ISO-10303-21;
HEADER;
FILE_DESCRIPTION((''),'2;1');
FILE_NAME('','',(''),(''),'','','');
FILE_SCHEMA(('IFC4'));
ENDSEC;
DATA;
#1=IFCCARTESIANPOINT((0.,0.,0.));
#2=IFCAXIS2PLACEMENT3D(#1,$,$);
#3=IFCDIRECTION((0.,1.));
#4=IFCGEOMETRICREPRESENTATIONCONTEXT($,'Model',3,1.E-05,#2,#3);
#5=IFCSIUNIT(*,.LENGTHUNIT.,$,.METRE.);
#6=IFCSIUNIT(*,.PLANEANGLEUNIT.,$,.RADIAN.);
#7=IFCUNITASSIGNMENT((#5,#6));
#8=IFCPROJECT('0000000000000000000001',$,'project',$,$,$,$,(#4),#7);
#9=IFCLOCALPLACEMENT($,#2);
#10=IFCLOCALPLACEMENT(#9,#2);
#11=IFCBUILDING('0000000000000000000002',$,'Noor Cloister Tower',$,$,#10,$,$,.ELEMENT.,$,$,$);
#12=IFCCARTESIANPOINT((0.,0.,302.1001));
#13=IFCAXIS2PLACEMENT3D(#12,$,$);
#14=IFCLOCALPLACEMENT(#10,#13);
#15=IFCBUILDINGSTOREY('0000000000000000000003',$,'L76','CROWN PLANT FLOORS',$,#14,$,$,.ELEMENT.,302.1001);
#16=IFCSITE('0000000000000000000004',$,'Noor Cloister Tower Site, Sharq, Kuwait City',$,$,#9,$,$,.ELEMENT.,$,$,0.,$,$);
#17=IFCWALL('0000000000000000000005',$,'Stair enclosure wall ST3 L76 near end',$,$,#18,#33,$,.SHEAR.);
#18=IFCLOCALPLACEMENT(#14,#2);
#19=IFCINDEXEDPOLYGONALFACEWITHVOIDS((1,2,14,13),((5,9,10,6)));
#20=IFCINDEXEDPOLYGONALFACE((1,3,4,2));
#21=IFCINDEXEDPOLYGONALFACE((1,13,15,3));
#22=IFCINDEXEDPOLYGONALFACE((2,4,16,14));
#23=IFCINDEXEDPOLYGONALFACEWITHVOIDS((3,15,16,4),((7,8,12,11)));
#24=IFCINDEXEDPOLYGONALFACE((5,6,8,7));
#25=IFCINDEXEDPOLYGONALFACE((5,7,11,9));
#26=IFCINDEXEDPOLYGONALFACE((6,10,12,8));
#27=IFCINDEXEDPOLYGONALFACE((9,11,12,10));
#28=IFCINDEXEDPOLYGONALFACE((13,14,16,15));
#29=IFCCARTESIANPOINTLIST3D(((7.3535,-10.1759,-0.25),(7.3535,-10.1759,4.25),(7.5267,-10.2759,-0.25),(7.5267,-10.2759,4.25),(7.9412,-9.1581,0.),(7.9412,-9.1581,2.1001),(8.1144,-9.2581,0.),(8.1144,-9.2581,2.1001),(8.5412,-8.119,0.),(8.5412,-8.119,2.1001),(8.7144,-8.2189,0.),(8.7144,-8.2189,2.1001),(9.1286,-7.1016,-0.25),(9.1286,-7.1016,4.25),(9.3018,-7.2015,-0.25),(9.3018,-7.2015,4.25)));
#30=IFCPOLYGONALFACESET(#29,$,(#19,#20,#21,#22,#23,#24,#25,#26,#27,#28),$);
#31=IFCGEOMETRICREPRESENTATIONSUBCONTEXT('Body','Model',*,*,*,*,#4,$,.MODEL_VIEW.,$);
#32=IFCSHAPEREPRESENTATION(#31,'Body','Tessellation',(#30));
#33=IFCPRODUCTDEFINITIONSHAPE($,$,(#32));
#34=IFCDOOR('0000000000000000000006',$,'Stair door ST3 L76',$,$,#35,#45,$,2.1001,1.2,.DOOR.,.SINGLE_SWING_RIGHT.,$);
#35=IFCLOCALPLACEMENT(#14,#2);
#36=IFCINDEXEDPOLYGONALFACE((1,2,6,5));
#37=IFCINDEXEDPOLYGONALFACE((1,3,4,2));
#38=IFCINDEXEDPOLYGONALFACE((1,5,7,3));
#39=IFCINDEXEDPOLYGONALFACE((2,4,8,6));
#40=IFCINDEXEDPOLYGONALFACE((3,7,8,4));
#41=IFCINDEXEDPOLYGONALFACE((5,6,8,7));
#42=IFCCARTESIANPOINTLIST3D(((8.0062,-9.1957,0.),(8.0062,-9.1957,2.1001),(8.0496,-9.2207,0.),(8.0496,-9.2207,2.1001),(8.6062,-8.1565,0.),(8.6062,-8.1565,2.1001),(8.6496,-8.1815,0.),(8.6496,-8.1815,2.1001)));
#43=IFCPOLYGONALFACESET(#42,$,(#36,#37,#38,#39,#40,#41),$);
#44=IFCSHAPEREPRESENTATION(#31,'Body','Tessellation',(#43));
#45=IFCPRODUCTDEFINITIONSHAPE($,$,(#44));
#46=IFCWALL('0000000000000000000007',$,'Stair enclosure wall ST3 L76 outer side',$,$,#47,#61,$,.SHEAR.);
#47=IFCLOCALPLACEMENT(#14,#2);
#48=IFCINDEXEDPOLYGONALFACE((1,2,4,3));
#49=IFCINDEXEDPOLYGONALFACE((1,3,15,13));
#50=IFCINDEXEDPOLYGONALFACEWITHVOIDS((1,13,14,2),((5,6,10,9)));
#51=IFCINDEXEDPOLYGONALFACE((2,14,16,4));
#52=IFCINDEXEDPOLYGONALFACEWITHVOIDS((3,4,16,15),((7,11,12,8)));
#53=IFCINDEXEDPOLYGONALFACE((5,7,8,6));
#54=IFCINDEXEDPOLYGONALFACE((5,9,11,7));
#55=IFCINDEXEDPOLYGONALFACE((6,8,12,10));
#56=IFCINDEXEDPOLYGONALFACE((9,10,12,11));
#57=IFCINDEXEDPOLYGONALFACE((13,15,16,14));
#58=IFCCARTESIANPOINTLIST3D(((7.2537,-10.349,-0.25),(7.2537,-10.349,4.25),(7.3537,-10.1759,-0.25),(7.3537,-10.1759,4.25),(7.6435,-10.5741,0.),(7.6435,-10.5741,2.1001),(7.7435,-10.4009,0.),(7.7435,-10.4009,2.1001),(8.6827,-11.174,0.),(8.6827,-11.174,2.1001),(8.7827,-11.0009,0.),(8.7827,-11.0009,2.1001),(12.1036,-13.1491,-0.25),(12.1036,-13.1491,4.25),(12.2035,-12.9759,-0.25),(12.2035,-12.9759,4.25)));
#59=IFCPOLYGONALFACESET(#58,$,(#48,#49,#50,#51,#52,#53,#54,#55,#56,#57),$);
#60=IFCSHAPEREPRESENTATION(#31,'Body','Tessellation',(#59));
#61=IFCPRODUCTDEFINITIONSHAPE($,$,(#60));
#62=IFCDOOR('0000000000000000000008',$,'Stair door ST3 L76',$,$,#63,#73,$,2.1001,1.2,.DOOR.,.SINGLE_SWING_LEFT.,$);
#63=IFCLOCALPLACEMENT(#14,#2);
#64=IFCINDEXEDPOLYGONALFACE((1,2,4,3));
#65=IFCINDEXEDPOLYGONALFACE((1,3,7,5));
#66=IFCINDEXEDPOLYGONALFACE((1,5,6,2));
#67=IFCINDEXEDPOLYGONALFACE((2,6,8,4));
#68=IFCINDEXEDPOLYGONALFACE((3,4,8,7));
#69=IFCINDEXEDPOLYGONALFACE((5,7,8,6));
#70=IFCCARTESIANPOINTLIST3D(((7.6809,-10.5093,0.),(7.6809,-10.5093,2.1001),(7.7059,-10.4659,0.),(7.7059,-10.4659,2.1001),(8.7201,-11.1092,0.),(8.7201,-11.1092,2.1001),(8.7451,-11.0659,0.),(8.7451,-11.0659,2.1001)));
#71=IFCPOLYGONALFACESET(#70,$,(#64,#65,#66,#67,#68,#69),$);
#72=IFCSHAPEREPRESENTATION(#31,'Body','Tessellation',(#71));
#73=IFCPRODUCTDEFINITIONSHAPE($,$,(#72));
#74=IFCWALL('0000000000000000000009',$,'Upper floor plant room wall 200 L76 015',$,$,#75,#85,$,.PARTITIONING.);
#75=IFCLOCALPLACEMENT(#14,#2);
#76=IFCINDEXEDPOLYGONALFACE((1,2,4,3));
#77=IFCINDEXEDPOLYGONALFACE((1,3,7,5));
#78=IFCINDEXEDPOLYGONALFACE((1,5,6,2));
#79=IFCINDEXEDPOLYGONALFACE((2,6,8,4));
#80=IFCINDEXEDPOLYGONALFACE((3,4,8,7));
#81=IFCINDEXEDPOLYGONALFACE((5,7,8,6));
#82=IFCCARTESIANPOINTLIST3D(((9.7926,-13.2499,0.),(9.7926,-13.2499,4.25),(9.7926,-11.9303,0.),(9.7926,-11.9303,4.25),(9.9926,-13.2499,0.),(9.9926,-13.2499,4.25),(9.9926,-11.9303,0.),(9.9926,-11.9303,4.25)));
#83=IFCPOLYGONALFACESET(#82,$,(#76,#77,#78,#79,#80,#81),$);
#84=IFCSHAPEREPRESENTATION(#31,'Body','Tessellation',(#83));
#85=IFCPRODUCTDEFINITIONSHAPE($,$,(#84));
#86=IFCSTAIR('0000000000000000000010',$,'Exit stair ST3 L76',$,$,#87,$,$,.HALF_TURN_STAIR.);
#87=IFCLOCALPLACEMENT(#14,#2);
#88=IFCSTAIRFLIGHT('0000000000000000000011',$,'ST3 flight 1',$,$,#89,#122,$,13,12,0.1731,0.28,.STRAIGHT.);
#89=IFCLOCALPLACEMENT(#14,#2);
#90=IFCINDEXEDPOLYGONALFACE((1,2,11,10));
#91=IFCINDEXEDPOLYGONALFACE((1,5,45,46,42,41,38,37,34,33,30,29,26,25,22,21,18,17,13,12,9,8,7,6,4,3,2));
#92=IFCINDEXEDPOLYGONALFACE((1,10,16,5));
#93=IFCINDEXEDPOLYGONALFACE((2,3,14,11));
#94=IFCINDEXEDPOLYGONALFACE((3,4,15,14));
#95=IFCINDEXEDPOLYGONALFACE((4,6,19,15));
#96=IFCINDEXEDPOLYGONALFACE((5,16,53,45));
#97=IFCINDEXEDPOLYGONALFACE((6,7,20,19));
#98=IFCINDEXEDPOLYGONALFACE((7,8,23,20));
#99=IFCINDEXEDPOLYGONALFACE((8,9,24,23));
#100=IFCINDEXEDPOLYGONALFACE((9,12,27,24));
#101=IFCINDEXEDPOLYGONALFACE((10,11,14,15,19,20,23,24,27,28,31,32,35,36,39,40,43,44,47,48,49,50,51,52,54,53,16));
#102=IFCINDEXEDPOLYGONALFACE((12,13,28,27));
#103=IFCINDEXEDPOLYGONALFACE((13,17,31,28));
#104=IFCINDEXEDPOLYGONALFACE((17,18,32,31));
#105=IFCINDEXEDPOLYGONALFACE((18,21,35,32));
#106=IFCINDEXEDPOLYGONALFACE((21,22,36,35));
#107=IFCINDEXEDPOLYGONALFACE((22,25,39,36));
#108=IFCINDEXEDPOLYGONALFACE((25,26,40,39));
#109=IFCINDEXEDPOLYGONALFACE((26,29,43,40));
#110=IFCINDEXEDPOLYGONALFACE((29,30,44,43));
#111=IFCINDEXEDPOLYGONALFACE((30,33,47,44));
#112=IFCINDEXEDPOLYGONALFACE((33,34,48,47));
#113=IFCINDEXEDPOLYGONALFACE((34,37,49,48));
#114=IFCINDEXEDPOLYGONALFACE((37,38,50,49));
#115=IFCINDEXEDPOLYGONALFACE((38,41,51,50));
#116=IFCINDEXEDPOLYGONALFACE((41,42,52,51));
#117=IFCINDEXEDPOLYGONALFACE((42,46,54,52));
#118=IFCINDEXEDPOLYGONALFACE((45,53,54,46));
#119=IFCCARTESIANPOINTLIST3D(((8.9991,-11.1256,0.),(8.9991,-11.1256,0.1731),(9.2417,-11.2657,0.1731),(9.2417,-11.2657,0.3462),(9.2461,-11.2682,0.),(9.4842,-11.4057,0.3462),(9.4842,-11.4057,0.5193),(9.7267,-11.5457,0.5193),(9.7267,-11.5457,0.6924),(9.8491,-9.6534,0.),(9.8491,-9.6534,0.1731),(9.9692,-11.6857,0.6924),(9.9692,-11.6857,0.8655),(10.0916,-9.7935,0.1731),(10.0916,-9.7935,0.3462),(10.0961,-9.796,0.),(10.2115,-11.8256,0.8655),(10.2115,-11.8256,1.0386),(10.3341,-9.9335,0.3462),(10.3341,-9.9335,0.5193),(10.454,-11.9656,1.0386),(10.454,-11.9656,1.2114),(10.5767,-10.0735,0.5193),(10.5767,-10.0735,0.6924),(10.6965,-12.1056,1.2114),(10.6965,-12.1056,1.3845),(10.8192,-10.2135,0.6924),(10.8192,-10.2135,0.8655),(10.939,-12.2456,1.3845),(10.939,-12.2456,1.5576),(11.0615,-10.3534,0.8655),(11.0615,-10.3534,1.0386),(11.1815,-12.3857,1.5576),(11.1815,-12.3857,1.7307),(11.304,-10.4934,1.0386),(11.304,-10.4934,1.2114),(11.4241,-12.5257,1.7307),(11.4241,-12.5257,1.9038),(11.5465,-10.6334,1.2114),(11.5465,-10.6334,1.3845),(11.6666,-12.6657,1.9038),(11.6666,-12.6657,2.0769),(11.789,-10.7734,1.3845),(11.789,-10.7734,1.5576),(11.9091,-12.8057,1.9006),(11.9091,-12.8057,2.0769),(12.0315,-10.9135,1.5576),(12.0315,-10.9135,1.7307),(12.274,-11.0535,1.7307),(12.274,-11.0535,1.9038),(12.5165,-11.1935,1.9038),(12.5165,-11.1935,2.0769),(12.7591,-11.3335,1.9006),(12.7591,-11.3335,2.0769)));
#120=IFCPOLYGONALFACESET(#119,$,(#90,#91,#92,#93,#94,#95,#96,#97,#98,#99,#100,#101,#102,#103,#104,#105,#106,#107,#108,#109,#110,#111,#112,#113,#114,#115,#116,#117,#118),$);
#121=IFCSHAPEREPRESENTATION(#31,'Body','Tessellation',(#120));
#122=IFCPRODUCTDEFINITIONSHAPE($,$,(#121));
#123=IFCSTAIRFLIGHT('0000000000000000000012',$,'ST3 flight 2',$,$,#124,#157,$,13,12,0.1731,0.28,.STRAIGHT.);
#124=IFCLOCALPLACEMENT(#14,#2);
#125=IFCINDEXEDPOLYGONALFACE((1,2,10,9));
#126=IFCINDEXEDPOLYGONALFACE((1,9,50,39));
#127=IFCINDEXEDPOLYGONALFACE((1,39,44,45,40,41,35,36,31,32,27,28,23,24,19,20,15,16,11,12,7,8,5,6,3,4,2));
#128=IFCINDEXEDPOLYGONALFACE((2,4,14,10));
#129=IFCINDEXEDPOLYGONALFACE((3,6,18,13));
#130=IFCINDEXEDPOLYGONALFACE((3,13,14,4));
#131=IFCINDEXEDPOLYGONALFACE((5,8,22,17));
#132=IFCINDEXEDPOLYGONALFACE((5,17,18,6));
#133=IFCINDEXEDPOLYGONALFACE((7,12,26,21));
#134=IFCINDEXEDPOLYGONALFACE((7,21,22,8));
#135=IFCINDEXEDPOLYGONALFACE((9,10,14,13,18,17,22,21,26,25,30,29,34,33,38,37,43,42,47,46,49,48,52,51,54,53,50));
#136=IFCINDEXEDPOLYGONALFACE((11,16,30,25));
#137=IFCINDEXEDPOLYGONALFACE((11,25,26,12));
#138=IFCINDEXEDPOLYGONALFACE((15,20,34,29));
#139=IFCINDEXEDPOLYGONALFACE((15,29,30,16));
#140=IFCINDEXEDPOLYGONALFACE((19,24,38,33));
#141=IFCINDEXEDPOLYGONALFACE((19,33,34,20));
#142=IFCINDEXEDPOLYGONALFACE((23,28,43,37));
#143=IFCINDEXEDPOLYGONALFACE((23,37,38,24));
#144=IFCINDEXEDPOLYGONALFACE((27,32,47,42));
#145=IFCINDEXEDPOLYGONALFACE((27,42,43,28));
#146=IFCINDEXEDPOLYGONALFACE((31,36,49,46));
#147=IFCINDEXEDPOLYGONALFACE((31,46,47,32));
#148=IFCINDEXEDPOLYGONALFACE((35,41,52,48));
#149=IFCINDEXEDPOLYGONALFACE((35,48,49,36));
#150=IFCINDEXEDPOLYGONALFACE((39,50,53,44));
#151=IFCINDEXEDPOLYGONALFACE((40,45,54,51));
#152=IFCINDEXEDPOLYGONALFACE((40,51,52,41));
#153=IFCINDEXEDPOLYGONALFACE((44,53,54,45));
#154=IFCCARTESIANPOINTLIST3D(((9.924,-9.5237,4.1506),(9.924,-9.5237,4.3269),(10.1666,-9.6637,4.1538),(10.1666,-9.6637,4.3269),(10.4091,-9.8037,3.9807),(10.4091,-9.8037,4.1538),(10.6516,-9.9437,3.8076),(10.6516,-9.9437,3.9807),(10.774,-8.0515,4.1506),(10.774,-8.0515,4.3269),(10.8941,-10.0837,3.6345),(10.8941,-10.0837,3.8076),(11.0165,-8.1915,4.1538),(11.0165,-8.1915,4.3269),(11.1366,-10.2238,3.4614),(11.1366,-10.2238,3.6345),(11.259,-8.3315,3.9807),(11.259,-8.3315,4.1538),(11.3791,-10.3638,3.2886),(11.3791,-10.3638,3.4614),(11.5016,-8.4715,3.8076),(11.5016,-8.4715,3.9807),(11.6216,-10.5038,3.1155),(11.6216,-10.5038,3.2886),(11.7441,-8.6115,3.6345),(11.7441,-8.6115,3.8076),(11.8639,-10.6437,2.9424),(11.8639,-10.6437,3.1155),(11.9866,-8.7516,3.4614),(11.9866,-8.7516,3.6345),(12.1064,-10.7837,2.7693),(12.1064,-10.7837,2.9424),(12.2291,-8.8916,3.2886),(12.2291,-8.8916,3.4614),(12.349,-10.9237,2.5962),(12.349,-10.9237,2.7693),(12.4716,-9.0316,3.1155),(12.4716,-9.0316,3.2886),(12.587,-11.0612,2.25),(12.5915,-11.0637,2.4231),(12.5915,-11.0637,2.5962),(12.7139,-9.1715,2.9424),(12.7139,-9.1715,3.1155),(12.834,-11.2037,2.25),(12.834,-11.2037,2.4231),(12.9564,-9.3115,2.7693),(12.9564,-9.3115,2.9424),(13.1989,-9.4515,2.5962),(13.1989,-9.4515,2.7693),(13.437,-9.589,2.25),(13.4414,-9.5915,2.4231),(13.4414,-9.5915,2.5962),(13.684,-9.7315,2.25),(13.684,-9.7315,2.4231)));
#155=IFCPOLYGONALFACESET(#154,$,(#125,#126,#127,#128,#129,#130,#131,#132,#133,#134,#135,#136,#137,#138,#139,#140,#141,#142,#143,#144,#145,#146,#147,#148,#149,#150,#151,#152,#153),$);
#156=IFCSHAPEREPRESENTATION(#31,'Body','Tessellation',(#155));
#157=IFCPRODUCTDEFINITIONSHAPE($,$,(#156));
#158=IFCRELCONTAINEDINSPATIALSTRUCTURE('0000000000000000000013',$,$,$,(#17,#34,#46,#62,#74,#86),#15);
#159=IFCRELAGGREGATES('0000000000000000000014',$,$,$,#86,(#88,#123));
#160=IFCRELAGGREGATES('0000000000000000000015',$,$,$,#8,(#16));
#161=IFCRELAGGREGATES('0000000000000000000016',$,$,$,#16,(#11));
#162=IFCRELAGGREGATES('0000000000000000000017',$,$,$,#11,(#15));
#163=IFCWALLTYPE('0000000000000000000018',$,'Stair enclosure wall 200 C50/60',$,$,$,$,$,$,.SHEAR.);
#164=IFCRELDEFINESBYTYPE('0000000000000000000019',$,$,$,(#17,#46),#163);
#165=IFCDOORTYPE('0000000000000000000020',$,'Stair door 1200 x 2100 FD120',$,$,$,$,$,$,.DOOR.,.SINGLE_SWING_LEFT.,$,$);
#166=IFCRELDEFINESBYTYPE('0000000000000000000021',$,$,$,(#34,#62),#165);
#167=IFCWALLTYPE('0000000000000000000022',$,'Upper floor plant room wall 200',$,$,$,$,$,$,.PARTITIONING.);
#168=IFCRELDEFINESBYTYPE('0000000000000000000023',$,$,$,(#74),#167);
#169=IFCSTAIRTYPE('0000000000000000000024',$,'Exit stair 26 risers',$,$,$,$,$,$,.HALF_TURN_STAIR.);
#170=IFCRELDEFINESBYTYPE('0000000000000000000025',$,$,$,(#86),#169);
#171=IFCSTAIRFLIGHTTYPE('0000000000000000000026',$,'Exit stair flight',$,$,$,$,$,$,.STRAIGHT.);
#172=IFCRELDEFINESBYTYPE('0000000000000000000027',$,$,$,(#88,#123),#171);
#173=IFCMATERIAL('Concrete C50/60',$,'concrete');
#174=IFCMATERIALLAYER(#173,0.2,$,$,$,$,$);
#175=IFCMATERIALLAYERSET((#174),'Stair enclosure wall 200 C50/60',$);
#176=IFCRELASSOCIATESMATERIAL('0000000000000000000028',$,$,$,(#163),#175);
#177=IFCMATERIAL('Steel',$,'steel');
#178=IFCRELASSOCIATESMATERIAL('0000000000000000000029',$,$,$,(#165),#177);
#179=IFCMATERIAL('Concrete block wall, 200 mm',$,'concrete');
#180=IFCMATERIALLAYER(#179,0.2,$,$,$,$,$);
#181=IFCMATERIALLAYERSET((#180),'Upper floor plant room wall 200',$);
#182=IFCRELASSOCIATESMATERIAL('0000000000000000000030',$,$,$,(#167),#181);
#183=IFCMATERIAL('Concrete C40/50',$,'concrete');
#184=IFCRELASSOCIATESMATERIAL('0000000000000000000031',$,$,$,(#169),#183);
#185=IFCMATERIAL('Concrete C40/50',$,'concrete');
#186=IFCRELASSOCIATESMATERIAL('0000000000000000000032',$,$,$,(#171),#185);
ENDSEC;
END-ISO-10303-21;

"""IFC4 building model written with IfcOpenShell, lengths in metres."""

from ifc_helpers import new_model, si_unit, direction, frame, frame_2d, origin, place, context, subcontext, project, spatial, polyline, rectangle, outline, extrude, material, layer, layer_set, type_object, element, fill, aggregate, save


model = new_model("IFC4")

# Units and contexts
model_context = context("Model", 3, precision=1e-05, world=origin(), true_north=direction((0.0, 1.0)))
body_context = subcontext(model_context, "Body", "Model", "MODEL_VIEW")
ifc_project = project(units=[si_unit("LENGTHUNIT", "METRE"), si_unit("PLANEANGLEUNIT", "RADIAN")], contexts=[model_context])

# Site, building, storey
site_placement = place(None, origin())
site = spatial("IfcSite", under=ifc_project, at=site_placement, Name="Noor Cloister Tower Site, Sharq, Kuwait City", CompositionType="ELEMENT", RefElevation=0.0)
building_placement = place(site_placement, origin())
building = spatial("IfcBuilding", under=site, at=building_placement, Name="Noor Cloister Tower", CompositionType="ELEMENT")
storey_placement = place(building_placement, frame((0.0, 0.0, 302.1001)))
storey = spatial("IfcBuildingStorey", under=building, at=storey_placement, Name="L76", Description="CROWN PLANT FLOORS", CompositionType="ELEMENT", Elevation=302.1001)

# Walls, openings, doors
ifc_material_1 = material(Name="Concrete C50/60", Category="concrete")
ifc_layer_1 = layer(ifc_material_1, 0.2)
ifc_layer_set_1 = layer_set([ifc_layer_1], Name="Stair enclosure wall 200 C50/60")
wall_type_1 = type_object("IfcWallType", Name="Stair enclosure wall 200 C50/60", PredefinedType="SHEAR", material=ifc_layer_set_1)
wall_1_placement = place(storey_placement, frame((7.4402, -10.2258, -0.25), z_axis=(0.0, 0.0, 1.0), x_axis=(0.500022, 0.866013, 0.0)))
wall_1 = element("IfcWall", 1, at=wall_1_placement, inside=storey, type_object=wall_type_1, Name="Stair enclosure wall ST3 L76 near end", PredefinedType="SHEAR", context=body_context, shape_type="SweptSolid", body=[
    extrude(rectangle(XDim=3.55, YDim=0.2, at=frame_2d((1.7749, 0.0))), origin(), (0.0, 0.0, 1.0), 4.5),
])
opening_1_placement = place(wall_1_placement, frame((1.175, 0.0, 0.25)))
opening_1 = element("IfcOpeningElement", 2, at=opening_1_placement, cuts=wall_1, PredefinedType="OPENING", context=body_context, shape_type="SweptSolid", body=[
    extrude(rectangle(XDim=1.2, YDim=2.1001, at=frame_2d((0.6001, 1.05))), frame((0.0, 0.1099, 0.0), z_axis=(0.0, -1.0, 0.0), x_axis=(1.0, 0.0, 0.0)), (0.0, 0.0, 1.0), 0.22),
])
ifc_material_2 = material(Name="Steel", Category="steel")
door_type = type_object("IfcDoorType", Name="Stair door 1200 x 2100 FD120", OperationType="SINGLE_SWING_LEFT", PredefinedType="DOOR", material=ifc_material_2)
door_1_placement = place(opening_1_placement, origin())
door_1 = element("IfcDoor", 3, at=door_1_placement, inside=storey, type_object=door_type, Name="Stair door ST3 L76", OperationType="SINGLE_SWING_RIGHT", OverallHeight=2.1001, OverallWidth=1.2, PredefinedType="DOOR", context=body_context, shape_type="SweptSolid", body=[
    extrude(rectangle(XDim=1.2, YDim=2.1001, at=frame_2d((0.6001, 1.05))), frame((0.0, 0.0249, 0.0), z_axis=(0.0, -1.0, 0.0), x_axis=(1.0, 0.0, 0.0)), (0.0, 0.0, 1.0), 0.05),
])
fill(opening_1, door_1)
wall_2_placement = place(storey_placement, frame((7.3037, -10.2625, -0.25), z_axis=(0.0, 0.0, 1.0), x_axis=(0.866027, -0.499998, 0.0)))
wall_2 = element("IfcWall", 4, at=wall_2_placement, inside=storey, type_object=wall_type_1, Name="Stair enclosure wall ST3 L76 outer side", PredefinedType="SHEAR", context=body_context, shape_type="SweptSolid", body=[
    extrude(rectangle(XDim=5.6001, YDim=0.2, at=frame_2d((2.8, 0.0))), origin(), (0.0, 0.0, 1.0), 4.5),
])
opening_2_placement = place(wall_2_placement, frame((0.45, 0.0, 0.25)))
opening_2 = element("IfcOpeningElement", 5, at=opening_2_placement, cuts=wall_2, PredefinedType="OPENING", context=body_context, shape_type="SweptSolid", body=[
    extrude(rectangle(XDim=1.2, YDim=2.1001, at=frame_2d((0.6001, 1.05))), frame((0.0, 0.1099, 0.0), z_axis=(0.0, -1.0, 0.0), x_axis=(1.0, 0.0, 0.0)), (0.0, 0.0, 1.0), 0.22),
])
door_2_placement = place(opening_2_placement, origin())
door_2 = element("IfcDoor", 6, at=door_2_placement, inside=storey, type_object=door_type, Name="Stair door ST3 L76", OperationType="SINGLE_SWING_LEFT", OverallHeight=2.1001, OverallWidth=1.2, PredefinedType="DOOR", context=body_context, shape_type="SweptSolid", body=[
    extrude(rectangle(XDim=1.2, YDim=2.1001, at=frame_2d((0.6001, 1.05))), frame((0.0, 0.0249, 0.0), z_axis=(0.0, -1.0, 0.0), x_axis=(1.0, 0.0, 0.0)), (0.0, 0.0, 1.0), 0.05),
])
fill(opening_2, door_2)

# Wall
ifc_material_3 = material(Name="Concrete block wall, 200 mm", Category="concrete")
ifc_layer_2 = layer(ifc_material_3, 0.2)
ifc_layer_set_2 = layer_set([ifc_layer_2], Name="Upper floor plant room wall 200")
wall_type_2 = type_object("IfcWallType", Name="Upper floor plant room wall 200", PredefinedType="PARTITIONING", material=ifc_layer_set_2)
wall_3_placement = place(storey_placement, frame((9.8926, -13.2498, 0.0), z_axis=(0.0, 0.0, 1.0), x_axis=(0.0, 1.0, 0.0)))
element("IfcWall", 7, at=wall_3_placement, inside=storey, type_object=wall_type_2, Name="Upper floor plant room wall 200 L76 015", PredefinedType="PARTITIONING", context=body_context, shape_type="SweptSolid", body=[
    extrude(rectangle(XDim=1.3196, YDim=0.2, at=frame_2d((0.6597, 0.0))), origin(), (0.0, 0.0, 1.0), 4.25),
])

# Stair, stair flights
ifc_material_4 = material(Name="Concrete C40/50", Category="concrete")
stair_type = type_object("IfcStairType", Name="Exit stair 26 risers", PredefinedType="HALF_TURN_STAIR", material=ifc_material_4)
stair_placement = place(storey_placement, origin())
stair = element("IfcStair", 8, at=stair_placement, inside=storey, type_object=stair_type, Name="Exit stair ST3 L76", PredefinedType="HALF_TURN_STAIR")
ifc_material_5 = material(Name="Concrete C40/50", Category="concrete")
stair_flight_type = type_object("IfcStairFlightType", Name="Exit stair flight", PredefinedType="STRAIGHT", material=ifc_material_5)
stair_flight_1_placement = place(storey_placement, frame((9.4241, -10.3896, 0.0), z_axis=(0.0, 0.0, 1.0), x_axis=(0.866025, -0.5, 0.0)))
stair_flight_1 = element("IfcStairFlight", 9, at=stair_flight_1_placement, type_object=stair_flight_type, Name="ST3 flight 1", NumberOfRisers=13, NumberOfTreads=12, PredefinedType="STRAIGHT", RiserHeight=0.1731, TreadLength=0.28, context=body_context, shape_type="SweptSolid", body=[
    extrude(outline(polyline([(0.0, 0.0), (0.0, 0.1731), (0.28, 0.1731), (0.28, 0.3462), (0.5601, 0.3462), (0.5601, 0.5193), (0.8401, 0.5193), (0.8401, 0.6924), (1.1201, 0.6924), (1.1201, 0.8655), (1.3999, 0.8655), (1.3999, 1.0386), (1.6799, 1.0386), (1.6799, 1.2114), (1.96, 1.2114), (1.96, 1.3845), (2.24, 1.3845), (2.24, 1.5576), (2.52, 1.5576), (2.52, 1.7307), (2.8, 1.7307), (2.8, 1.9038), (3.0801, 1.9038), (3.0801, 2.0769), (3.3601, 2.0769), (3.3601, 2.25), (3.3601, 1.9006), (0.2852, 0.0), (0.0, 0.0)])), frame((0.0, 0.8501, 0.0), z_axis=(0.0, -1.0, 0.0), x_axis=(1.0, 0.0, 0.0)), (0.0, 0.0, 1.0), 1.7),
])
stair_flight_2_placement = place(storey_placement, frame((13.259, -10.4675, 2.25), z_axis=(0.0, 0.0, 1.0), x_axis=(-0.866025, 0.5, 0.0)))
stair_flight_2 = element("IfcStairFlight", 10, at=stair_flight_2_placement, type_object=stair_flight_type, Name="ST3 flight 2", NumberOfRisers=13, NumberOfTreads=12, PredefinedType="STRAIGHT", RiserHeight=0.1731, TreadLength=0.28, context=body_context, shape_type="SweptSolid", body=[
    extrude(outline(polyline([(0.0, 0.0), (0.0, 0.1731), (0.28, 0.1731), (0.28, 0.3462), (0.5601, 0.3462), (0.5601, 0.5193), (0.8401, 0.5193), (0.8401, 0.6924), (1.1201, 0.6924), (1.1201, 0.8655), (1.3999, 0.8655), (1.3999, 1.0386), (1.6799, 1.0386), (1.6799, 1.2114), (1.96, 1.2114), (1.96, 1.3845), (2.24, 1.3845), (2.24, 1.5576), (2.52, 1.5576), (2.52, 1.7307), (2.8, 1.7307), (2.8, 1.9038), (3.0801, 1.9038), (3.0801, 2.0769), (3.3601, 2.0769), (3.3601, 2.25), (3.3601, 1.9006), (0.2852, 0.0), (0.0, 0.0)])), frame((0.0, 0.8501, 0.0), z_axis=(0.0, -1.0, 0.0), x_axis=(1.0, 0.0, 0.0)), (0.0, 0.0, 1.0), 1.7),
])
aggregate(stair, [stair_flight_1, stair_flight_2])

save(model, "model.ifc")
